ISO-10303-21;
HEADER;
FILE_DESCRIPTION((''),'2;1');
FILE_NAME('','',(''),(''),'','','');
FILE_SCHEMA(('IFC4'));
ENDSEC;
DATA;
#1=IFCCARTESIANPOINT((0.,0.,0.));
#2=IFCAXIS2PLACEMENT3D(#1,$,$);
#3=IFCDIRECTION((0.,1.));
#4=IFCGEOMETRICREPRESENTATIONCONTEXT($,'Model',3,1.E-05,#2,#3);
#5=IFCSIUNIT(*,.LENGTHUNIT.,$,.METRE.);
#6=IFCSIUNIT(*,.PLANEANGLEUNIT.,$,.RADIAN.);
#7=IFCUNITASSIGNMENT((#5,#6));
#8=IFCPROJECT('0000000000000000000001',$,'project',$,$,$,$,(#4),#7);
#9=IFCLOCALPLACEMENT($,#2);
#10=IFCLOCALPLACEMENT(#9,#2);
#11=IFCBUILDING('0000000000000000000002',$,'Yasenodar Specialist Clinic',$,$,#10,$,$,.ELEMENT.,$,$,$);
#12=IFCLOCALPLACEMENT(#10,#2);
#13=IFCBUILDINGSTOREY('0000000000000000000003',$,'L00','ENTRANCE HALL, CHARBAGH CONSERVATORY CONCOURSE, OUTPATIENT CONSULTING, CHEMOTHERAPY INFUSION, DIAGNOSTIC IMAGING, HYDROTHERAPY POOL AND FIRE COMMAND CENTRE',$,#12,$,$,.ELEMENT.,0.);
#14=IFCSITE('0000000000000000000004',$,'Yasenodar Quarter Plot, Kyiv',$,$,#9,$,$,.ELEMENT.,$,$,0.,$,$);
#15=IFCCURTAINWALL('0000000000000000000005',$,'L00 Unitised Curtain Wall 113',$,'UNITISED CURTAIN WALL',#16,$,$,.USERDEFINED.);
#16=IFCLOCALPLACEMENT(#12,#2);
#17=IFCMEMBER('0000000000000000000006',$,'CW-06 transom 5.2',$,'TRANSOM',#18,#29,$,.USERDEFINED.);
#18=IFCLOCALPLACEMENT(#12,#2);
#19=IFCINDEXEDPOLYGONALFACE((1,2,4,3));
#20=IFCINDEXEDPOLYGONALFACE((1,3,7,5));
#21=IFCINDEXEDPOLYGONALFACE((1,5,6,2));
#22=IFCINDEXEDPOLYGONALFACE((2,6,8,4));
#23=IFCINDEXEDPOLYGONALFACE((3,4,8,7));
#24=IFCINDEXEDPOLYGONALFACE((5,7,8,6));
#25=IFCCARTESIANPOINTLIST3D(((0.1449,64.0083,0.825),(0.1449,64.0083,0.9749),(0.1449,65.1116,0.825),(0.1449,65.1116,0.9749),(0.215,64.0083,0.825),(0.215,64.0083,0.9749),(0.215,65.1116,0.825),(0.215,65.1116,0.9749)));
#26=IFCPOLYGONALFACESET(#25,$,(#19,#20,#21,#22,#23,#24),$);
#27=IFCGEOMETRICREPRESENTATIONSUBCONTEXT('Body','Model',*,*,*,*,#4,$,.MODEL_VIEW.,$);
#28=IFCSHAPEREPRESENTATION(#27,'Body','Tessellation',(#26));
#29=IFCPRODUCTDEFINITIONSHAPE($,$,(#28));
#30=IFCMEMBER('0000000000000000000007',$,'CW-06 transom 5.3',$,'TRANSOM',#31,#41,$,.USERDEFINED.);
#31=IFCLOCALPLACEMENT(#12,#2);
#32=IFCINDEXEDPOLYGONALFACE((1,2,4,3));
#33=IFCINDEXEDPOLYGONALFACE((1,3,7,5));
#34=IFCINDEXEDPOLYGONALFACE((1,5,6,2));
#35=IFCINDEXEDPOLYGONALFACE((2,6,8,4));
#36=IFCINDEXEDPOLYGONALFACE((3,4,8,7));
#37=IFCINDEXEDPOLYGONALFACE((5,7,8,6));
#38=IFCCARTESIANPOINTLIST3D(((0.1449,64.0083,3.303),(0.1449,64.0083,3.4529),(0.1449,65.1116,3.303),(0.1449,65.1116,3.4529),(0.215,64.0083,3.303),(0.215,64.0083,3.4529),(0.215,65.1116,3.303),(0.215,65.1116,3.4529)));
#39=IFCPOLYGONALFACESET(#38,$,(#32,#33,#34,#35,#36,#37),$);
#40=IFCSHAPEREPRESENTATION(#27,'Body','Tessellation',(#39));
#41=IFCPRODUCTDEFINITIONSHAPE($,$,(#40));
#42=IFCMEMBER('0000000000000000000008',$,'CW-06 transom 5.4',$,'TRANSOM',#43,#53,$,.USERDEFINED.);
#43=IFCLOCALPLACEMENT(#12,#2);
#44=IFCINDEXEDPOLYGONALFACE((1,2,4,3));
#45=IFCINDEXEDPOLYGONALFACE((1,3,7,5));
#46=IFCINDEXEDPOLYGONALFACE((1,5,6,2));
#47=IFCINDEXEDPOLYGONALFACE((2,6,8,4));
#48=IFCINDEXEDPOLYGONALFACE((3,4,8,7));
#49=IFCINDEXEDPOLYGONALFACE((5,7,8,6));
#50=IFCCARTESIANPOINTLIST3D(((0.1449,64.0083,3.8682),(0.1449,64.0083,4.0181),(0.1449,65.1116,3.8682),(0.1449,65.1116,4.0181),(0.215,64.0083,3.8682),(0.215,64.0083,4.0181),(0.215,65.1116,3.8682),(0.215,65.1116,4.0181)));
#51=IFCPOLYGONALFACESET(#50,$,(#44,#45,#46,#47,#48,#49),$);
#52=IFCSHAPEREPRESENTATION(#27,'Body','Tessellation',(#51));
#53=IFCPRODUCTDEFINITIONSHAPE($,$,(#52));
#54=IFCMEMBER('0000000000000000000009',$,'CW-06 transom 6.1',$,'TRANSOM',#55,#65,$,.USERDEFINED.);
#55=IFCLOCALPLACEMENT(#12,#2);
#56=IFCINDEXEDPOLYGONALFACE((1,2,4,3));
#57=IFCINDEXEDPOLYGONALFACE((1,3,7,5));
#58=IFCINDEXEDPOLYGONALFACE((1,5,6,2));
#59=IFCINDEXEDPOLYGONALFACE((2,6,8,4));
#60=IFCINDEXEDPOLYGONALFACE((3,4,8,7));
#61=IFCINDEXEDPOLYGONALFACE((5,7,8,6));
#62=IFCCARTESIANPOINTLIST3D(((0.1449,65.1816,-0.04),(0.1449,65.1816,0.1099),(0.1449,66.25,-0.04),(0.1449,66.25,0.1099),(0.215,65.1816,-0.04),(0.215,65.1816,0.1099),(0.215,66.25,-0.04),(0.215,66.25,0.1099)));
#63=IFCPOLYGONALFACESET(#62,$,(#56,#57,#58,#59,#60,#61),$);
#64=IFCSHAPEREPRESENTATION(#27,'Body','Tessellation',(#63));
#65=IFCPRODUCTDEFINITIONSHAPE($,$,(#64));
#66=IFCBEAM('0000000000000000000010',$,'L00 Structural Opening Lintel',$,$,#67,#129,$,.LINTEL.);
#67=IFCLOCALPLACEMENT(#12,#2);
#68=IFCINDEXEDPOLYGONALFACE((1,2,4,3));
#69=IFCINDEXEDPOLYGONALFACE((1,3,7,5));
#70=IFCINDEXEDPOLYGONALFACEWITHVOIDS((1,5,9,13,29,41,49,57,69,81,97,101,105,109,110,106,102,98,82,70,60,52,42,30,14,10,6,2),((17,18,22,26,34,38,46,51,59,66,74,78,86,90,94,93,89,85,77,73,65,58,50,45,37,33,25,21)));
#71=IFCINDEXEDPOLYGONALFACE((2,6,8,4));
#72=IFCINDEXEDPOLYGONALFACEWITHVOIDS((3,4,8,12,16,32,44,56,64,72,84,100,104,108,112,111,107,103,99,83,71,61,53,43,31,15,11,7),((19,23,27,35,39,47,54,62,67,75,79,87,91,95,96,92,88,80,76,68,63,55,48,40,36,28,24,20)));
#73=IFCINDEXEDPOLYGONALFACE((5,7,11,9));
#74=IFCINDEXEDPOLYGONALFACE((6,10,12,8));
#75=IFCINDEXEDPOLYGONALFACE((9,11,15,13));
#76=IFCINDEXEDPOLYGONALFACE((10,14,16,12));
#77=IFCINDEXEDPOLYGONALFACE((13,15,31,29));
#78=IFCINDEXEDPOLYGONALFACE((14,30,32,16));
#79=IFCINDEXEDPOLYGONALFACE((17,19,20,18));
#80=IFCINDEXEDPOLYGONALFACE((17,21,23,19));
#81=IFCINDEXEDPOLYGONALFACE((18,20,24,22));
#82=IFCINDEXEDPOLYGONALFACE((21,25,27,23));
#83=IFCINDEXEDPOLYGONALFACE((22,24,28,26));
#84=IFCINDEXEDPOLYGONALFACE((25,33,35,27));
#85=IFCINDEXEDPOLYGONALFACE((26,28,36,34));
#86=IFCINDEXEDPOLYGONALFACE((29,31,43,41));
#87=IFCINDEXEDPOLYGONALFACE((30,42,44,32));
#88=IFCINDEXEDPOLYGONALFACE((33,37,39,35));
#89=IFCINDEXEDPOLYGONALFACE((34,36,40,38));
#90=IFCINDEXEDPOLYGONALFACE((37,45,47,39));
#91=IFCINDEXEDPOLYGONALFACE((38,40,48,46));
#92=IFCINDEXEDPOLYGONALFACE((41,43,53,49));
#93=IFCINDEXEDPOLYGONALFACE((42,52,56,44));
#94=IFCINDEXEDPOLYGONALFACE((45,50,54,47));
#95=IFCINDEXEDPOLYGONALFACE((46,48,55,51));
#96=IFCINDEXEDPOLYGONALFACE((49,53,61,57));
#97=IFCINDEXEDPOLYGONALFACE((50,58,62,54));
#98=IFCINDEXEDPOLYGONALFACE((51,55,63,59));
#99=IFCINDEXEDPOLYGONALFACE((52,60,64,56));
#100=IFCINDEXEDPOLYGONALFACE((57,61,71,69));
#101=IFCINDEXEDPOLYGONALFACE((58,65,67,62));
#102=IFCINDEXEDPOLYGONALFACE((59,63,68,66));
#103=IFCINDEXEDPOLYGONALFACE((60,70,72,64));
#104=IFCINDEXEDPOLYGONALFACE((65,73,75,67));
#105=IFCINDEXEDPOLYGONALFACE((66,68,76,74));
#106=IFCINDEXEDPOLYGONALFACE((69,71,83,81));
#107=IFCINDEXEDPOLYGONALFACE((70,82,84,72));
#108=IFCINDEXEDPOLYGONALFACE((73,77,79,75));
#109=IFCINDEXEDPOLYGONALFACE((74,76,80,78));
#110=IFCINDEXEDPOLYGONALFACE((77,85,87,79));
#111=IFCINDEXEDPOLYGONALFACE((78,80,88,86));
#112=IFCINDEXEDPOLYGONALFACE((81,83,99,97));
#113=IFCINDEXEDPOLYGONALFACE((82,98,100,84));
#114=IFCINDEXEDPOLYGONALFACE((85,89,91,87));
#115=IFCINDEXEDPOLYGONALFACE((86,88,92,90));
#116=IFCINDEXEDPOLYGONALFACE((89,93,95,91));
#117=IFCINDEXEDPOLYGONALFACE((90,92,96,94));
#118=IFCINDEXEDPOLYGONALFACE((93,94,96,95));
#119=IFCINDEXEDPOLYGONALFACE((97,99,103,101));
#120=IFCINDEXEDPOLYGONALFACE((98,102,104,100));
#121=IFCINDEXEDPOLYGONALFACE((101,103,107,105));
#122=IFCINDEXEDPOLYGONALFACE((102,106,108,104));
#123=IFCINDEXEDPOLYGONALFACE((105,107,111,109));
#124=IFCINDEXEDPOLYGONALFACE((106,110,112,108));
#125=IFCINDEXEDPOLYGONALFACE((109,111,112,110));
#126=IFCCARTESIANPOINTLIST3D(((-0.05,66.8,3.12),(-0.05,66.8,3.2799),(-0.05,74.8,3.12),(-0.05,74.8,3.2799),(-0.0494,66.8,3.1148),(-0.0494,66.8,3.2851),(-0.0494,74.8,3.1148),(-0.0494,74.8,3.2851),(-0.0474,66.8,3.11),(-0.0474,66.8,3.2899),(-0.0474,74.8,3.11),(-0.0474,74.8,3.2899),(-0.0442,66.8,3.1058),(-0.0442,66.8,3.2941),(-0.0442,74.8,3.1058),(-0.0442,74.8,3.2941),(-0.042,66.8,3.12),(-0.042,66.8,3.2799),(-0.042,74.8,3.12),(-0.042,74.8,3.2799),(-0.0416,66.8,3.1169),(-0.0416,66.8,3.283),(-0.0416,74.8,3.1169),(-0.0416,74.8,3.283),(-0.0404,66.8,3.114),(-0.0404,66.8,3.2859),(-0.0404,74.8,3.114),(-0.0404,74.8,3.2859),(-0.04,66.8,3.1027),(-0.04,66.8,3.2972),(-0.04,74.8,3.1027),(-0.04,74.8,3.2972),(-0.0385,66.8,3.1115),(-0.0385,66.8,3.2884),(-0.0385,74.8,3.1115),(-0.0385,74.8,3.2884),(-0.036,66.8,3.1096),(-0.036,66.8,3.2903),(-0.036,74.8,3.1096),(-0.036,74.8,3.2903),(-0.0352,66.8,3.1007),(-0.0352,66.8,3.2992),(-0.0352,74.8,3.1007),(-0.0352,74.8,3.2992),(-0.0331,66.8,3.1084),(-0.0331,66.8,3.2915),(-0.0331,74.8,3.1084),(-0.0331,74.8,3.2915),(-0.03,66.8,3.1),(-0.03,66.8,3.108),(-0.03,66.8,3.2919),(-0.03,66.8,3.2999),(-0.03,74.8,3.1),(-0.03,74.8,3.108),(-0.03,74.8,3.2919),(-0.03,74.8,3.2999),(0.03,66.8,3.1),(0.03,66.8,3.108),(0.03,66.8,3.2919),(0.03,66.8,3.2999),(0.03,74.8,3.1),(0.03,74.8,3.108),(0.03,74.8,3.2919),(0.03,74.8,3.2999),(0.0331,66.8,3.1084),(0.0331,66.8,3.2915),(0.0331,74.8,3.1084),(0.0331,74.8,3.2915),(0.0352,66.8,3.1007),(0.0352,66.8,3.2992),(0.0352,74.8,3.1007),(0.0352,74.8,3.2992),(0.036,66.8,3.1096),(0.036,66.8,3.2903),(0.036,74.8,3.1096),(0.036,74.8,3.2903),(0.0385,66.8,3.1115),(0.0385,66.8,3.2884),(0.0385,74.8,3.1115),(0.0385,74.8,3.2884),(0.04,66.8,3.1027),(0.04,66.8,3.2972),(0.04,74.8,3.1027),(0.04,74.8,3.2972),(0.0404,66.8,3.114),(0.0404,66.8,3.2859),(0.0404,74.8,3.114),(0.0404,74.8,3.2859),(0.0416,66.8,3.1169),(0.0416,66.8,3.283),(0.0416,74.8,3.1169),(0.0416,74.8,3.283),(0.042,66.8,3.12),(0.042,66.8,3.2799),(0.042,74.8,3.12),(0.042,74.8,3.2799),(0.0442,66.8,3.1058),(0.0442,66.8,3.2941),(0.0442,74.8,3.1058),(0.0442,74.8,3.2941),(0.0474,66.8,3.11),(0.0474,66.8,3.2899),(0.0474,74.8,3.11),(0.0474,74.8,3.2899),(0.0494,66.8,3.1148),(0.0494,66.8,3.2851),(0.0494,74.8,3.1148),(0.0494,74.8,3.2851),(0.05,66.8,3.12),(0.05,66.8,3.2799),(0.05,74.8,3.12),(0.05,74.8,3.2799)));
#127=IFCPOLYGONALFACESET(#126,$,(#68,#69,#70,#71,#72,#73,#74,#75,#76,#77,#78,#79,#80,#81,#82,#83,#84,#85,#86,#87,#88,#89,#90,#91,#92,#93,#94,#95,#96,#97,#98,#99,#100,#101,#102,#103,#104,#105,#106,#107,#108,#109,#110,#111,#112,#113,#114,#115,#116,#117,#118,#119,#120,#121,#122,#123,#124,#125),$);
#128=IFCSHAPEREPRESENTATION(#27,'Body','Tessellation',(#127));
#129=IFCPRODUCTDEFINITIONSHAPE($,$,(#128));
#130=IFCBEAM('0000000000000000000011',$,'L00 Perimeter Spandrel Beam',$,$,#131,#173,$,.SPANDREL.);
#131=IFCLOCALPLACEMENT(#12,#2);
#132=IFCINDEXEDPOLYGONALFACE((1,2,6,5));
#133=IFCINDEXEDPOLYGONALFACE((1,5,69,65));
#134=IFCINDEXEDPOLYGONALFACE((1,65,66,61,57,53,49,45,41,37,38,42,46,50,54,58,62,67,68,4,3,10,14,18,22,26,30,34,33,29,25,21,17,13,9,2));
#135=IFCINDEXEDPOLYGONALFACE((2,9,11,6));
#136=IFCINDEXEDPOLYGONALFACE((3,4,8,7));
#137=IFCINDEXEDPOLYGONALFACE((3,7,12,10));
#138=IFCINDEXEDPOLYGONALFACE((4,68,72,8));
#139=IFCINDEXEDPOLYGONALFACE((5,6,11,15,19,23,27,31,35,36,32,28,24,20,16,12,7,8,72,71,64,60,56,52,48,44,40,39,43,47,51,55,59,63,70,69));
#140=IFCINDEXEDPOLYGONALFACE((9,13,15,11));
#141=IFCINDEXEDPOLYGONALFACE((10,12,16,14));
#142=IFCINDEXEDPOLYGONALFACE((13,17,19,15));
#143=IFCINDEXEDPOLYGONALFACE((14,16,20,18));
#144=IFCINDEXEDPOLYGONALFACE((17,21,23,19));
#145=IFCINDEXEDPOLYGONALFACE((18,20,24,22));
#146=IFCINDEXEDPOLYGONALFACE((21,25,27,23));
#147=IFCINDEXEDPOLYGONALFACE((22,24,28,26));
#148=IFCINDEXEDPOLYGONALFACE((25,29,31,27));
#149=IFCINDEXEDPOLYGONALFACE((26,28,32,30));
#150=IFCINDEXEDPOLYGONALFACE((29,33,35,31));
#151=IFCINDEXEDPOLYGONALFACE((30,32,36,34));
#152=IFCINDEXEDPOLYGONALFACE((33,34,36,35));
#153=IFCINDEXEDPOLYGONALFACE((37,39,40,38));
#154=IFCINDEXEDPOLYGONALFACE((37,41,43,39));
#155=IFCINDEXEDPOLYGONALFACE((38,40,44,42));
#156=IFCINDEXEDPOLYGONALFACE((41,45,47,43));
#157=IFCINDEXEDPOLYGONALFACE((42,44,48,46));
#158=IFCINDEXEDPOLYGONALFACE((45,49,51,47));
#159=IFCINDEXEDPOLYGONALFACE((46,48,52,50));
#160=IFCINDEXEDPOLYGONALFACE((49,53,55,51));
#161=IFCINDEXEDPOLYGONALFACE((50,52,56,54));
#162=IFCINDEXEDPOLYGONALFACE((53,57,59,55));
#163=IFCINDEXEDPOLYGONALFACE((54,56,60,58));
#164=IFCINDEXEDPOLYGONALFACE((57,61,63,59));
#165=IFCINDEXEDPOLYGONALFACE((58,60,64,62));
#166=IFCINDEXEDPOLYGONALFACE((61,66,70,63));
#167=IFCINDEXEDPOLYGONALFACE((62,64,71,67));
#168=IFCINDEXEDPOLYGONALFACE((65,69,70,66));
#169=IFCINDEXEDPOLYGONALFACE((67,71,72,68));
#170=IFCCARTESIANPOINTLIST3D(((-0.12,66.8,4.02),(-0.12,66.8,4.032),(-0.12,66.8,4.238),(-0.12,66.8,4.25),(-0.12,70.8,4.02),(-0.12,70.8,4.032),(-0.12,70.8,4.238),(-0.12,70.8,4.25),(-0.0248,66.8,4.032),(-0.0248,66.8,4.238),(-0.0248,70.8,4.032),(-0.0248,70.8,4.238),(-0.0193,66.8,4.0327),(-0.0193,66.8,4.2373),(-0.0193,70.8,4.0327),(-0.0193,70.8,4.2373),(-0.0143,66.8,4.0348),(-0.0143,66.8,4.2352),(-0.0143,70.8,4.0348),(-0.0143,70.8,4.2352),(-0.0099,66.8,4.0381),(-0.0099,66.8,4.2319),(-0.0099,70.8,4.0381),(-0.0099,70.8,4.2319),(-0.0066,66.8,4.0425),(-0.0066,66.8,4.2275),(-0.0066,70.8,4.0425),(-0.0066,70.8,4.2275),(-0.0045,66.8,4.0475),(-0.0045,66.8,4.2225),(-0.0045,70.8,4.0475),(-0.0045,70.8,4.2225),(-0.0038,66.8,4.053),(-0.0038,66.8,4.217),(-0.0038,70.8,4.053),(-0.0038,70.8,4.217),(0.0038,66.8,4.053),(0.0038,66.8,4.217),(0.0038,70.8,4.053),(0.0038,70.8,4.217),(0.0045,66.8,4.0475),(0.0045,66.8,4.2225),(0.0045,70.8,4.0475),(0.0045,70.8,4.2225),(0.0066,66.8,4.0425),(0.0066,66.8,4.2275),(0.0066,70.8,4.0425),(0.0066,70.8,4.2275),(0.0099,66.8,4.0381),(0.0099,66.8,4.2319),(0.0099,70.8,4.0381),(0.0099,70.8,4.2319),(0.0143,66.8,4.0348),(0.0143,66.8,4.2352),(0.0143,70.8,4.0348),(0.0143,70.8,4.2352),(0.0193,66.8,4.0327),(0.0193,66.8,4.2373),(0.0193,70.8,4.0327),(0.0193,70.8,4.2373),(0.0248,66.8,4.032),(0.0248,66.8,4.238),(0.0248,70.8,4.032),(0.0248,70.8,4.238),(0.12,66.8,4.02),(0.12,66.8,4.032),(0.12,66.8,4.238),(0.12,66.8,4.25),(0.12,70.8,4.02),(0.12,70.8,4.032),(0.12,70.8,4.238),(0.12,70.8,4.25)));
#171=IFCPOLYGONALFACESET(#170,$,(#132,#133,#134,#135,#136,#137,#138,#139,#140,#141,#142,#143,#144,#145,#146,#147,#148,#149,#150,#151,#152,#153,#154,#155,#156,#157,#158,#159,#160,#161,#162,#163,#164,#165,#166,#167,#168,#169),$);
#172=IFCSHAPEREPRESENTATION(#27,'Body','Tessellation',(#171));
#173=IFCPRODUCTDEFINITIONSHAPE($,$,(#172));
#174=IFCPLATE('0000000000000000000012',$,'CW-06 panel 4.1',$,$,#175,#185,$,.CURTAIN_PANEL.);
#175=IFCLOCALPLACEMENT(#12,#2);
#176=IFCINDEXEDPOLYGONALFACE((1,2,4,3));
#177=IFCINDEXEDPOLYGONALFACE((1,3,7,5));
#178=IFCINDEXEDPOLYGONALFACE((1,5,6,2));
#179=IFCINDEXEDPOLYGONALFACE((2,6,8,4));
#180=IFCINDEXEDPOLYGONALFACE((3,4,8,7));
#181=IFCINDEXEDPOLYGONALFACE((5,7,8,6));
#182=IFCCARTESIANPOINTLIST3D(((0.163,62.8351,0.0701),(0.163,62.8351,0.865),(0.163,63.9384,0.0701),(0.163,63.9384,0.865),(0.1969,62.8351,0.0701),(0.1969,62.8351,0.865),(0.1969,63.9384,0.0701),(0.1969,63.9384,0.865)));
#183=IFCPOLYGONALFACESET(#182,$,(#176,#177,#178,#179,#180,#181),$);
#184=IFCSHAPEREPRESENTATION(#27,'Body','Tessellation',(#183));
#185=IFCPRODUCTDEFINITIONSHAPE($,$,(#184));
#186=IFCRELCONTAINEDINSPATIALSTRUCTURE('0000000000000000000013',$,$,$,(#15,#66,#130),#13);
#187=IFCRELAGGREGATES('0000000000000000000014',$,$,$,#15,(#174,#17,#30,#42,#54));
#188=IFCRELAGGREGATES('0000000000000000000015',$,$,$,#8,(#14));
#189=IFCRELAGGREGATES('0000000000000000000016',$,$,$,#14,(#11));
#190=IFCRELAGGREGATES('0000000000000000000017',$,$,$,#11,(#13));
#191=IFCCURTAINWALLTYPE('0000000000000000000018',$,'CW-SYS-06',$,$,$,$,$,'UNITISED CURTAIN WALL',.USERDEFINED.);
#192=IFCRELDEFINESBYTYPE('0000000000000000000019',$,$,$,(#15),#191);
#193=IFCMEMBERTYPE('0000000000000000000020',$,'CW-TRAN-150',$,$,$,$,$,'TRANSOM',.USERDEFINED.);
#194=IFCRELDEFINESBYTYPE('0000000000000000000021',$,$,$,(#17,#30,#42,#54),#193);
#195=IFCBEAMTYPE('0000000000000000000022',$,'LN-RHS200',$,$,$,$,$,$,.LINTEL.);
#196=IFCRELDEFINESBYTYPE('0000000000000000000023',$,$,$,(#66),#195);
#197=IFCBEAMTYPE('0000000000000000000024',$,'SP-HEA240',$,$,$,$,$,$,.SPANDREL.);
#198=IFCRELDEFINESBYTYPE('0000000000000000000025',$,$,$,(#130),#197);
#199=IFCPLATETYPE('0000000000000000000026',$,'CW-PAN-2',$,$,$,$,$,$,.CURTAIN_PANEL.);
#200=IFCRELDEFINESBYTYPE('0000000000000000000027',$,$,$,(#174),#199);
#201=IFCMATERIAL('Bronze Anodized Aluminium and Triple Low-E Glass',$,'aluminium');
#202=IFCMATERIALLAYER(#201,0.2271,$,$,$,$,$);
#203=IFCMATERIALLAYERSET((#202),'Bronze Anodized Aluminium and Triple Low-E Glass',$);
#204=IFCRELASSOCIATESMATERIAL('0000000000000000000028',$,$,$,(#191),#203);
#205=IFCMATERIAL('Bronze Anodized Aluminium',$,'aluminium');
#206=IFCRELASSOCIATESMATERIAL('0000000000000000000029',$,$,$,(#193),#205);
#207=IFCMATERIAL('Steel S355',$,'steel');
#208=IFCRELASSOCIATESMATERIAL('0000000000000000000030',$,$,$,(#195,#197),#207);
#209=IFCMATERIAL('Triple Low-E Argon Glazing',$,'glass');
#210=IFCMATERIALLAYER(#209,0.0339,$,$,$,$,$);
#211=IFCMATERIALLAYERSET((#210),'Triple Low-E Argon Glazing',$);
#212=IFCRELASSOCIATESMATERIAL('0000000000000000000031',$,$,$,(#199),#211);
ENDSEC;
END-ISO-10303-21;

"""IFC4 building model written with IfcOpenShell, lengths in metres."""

from ifc_helpers import new_model, si_unit, direction, frame, origin, origin_2d, place, context, subcontext, project, spatial, rectangle, hollow_rectangle, i_section, extrude, material, layer, layer_set, material_profile, profile_set, type_object, element, aggregate, save


model = new_model("IFC4")

# Units and contexts
model_context = context("Model", 3, precision=1e-05, world=origin(), true_north=direction((0.0, 1.0)))
body_context = subcontext(model_context, "Body", "Model", "MODEL_VIEW")
ifc_project = project(units=[si_unit("LENGTHUNIT", "METRE"), si_unit("PLANEANGLEUNIT", "RADIAN")], contexts=[model_context])

# Site, building, storey
site_placement = place(None, origin())
site = spatial("IfcSite", under=ifc_project, at=site_placement, Name="Yasenodar Quarter Plot, Kyiv", CompositionType="ELEMENT", RefElevation=0.0)
building_placement = place(site_placement, origin())
building = spatial("IfcBuilding", under=site, at=building_placement, Name="Yasenodar Specialist Clinic", CompositionType="ELEMENT")
storey_placement = place(building_placement, origin())
storey = spatial("IfcBuildingStorey", under=building, at=storey_placement, Name="L00", Description="ENTRANCE HALL, CHARBAGH CONSERVATORY CONCOURSE, OUTPATIENT CONSULTING, CHEMOTHERAPY INFUSION, DIAGNOSTIC IMAGING, HYDROTHERAPY POOL AND FIRE COMMAND CENTRE", CompositionType="ELEMENT", Elevation=0.0)

# Shared definitions
ifc_material_1 = material(Name="Steel S355", Category="steel")

# Curtain wall, members
ifc_material_2 = material(Name="Bronze Anodized Aluminium and Triple Low-E Glass", Category="aluminium")
ifc_layer_1 = layer(ifc_material_2, 0.2271)
ifc_layer_set_1 = layer_set([ifc_layer_1], Name="Bronze Anodized Aluminium and Triple Low-E Glass")
curtain_wall_type = type_object("IfcCurtainWallType", Name="CW-SYS-06", ElementType="UNITISED CURTAIN WALL", PredefinedType="USERDEFINED", material=ifc_layer_set_1)
curtain_wall_placement = place(storey_placement, origin())
curtain_wall = element("IfcCurtainWall", 1, at=curtain_wall_placement, inside=storey, type_object=curtain_wall_type, Name="L00 Unitised Curtain Wall 113", ObjectType="UNITISED CURTAIN WALL", PredefinedType="USERDEFINED")
ifc_material_3 = material(Name="Bronze Anodized Aluminium", Category="aluminium")
ifc_material_profile_1 = material_profile(ifc_material_3, rectangle(XDim=0.0701, YDim=0.1499, at=origin_2d()), Name="CW-TRAN 70x150")
ifc_profile_set_1 = profile_set([ifc_material_profile_1], Name="Bronze Anodized Aluminium")
member_type_1 = type_object("IfcMemberType", Name="CW-TRAN-150", ElementType="TRANSOM", PredefinedType="USERDEFINED", material=ifc_profile_set_1)
member_1_placement = place(storey_placement, frame((0.1799, 64.0083, 0.8999), z_axis=(0.0, 1.0, 0.0), x_axis=(-1.0, 0.0, 0.0)))
member_1 = element("IfcMember", 2, at=member_1_placement, type_object=member_type_1, Name="CW-06 transom 5.2", ObjectType="TRANSOM", PredefinedType="USERDEFINED", context=body_context, shape_type="SweptSolid", body=[
    extrude(rectangle(XDim=0.0701, YDim=0.1499, at=origin_2d()), origin(), (0.0, 0.0, 1.0), 1.1033),
])
member_2_placement = place(storey_placement, frame((0.1799, 64.0083, 3.3779), z_axis=(0.0, 1.0, 0.0), x_axis=(-1.0, 0.0, 0.0)))
member_2 = element("IfcMember", 3, at=member_2_placement, type_object=member_type_1, Name="CW-06 transom 5.3", ObjectType="TRANSOM", PredefinedType="USERDEFINED", context=body_context, shape_type="SweptSolid", body=[
    extrude(rectangle(XDim=0.0701, YDim=0.1499, at=origin_2d()), origin(), (0.0, 0.0, 1.0), 1.1033),
])
member_3_placement = place(storey_placement, frame((0.1799, 64.0083, 3.9431), z_axis=(0.0, 1.0, 0.0), x_axis=(-1.0, 0.0, 0.0)))
member_3 = element("IfcMember", 4, at=member_3_placement, type_object=member_type_1, Name="CW-06 transom 5.4", ObjectType="TRANSOM", PredefinedType="USERDEFINED", context=body_context, shape_type="SweptSolid", body=[
    extrude(rectangle(XDim=0.0701, YDim=0.1499, at=origin_2d()), origin(), (0.0, 0.0, 1.0), 1.1033),
])
member_4_placement = place(storey_placement, frame((0.1799, 65.1816, 0.0349), z_axis=(0.0, 1.0, 0.0), x_axis=(-1.0, 0.0, 0.0)))
member_4 = element("IfcMember", 5, at=member_4_placement, type_object=member_type_1, Name="CW-06 transom 6.1", ObjectType="TRANSOM", PredefinedType="USERDEFINED", context=body_context, shape_type="SweptSolid", body=[
    extrude(rectangle(XDim=0.0701, YDim=0.1499, at=origin_2d()), origin(), (0.0, 0.0, 1.0), 1.0684),
])

# Beams
ifc_material_profile_2 = material_profile(ifc_material_1, hollow_rectangle(XDim=0.1001, YDim=0.2, WallThickness=0.0081, InnerFilletRadius=0.012, OuterFilletRadius=0.02, at=origin_2d()), Name="RHS 200x100x8")
ifc_profile_set_2 = profile_set([ifc_material_profile_2], Name="Steel S355")
beam_type_1 = type_object("IfcBeamType", Name="LN-RHS200", PredefinedType="LINTEL", material=ifc_profile_set_2)
beam_1_placement = place(storey_placement, frame((0.0, 66.8, 3.2), z_axis=(0.0, 1.0, 0.0), x_axis=(-1.0, 0.0, 0.0)))
element("IfcBeam", 6, at=beam_1_placement, inside=storey, type_object=beam_type_1, Name="L00 Structural Opening Lintel", PredefinedType="LINTEL", context=body_context, shape_type="SweptSolid", body=[
    extrude(hollow_rectangle(XDim=0.1001, YDim=0.2, WallThickness=0.0081, InnerFilletRadius=0.012, OuterFilletRadius=0.02, at=origin_2d()), origin(), (0.0, 0.0, 1.0), 8.0),
])
ifc_material_profile_3 = material_profile(ifc_material_1, i_section(OverallWidth=0.24, OverallDepth=0.23, WebThickness=0.0076, FlangeThickness=0.012, FilletRadius=0.021, at=origin_2d()), Name="HEA 240")
ifc_profile_set_3 = profile_set([ifc_material_profile_3], Name="Steel S355")
beam_type_2 = type_object("IfcBeamType", Name="SP-HEA240", PredefinedType="SPANDREL", material=ifc_profile_set_3)
beam_2_placement = place(storey_placement, frame((0.0, 66.8, 4.135), z_axis=(0.0, 1.0, 0.0), x_axis=(-1.0, 0.0, 0.0)))
element("IfcBeam", 7, at=beam_2_placement, inside=storey, type_object=beam_type_2, Name="L00 Perimeter Spandrel Beam", PredefinedType="SPANDREL", context=body_context, shape_type="SweptSolid", body=[
    extrude(i_section(OverallWidth=0.24, OverallDepth=0.23, WebThickness=0.0076, FlangeThickness=0.012, FilletRadius=0.021, at=origin_2d()), origin(), (0.0, 0.0, 1.0), 4.0),
])

# Plate
ifc_material_4 = material(Name="Triple Low-E Argon Glazing", Category="glass")
ifc_layer_2 = layer(ifc_material_4, 0.0339)
ifc_layer_set_2 = layer_set([ifc_layer_2], Name="Triple Low-E Argon Glazing")
plate_type = type_object("IfcPlateType", Name="CW-PAN-2", PredefinedType="CURTAIN_PANEL", material=ifc_layer_set_2)
plate_1_placement = place(storey_placement, frame((0.1799, 63.3867, 0.0701), z_axis=(0.0, 0.0, 1.0), x_axis=(0.0, 1.0, 0.0)))
plate_1 = element("IfcPlate", 8, at=plate_1_placement, type_object=plate_type, Name="CW-06 panel 4.1", PredefinedType="CURTAIN_PANEL", context=body_context, shape_type="SweptSolid", body=[
    extrude(rectangle(XDim=1.1033, YDim=0.0339, at=origin_2d()), origin(), (0.0, 0.0, 1.0), 0.7949),
])
aggregate(curtain_wall, [plate_1, member_1, member_2, member_3, member_4])

save(model, "model.ifc")
